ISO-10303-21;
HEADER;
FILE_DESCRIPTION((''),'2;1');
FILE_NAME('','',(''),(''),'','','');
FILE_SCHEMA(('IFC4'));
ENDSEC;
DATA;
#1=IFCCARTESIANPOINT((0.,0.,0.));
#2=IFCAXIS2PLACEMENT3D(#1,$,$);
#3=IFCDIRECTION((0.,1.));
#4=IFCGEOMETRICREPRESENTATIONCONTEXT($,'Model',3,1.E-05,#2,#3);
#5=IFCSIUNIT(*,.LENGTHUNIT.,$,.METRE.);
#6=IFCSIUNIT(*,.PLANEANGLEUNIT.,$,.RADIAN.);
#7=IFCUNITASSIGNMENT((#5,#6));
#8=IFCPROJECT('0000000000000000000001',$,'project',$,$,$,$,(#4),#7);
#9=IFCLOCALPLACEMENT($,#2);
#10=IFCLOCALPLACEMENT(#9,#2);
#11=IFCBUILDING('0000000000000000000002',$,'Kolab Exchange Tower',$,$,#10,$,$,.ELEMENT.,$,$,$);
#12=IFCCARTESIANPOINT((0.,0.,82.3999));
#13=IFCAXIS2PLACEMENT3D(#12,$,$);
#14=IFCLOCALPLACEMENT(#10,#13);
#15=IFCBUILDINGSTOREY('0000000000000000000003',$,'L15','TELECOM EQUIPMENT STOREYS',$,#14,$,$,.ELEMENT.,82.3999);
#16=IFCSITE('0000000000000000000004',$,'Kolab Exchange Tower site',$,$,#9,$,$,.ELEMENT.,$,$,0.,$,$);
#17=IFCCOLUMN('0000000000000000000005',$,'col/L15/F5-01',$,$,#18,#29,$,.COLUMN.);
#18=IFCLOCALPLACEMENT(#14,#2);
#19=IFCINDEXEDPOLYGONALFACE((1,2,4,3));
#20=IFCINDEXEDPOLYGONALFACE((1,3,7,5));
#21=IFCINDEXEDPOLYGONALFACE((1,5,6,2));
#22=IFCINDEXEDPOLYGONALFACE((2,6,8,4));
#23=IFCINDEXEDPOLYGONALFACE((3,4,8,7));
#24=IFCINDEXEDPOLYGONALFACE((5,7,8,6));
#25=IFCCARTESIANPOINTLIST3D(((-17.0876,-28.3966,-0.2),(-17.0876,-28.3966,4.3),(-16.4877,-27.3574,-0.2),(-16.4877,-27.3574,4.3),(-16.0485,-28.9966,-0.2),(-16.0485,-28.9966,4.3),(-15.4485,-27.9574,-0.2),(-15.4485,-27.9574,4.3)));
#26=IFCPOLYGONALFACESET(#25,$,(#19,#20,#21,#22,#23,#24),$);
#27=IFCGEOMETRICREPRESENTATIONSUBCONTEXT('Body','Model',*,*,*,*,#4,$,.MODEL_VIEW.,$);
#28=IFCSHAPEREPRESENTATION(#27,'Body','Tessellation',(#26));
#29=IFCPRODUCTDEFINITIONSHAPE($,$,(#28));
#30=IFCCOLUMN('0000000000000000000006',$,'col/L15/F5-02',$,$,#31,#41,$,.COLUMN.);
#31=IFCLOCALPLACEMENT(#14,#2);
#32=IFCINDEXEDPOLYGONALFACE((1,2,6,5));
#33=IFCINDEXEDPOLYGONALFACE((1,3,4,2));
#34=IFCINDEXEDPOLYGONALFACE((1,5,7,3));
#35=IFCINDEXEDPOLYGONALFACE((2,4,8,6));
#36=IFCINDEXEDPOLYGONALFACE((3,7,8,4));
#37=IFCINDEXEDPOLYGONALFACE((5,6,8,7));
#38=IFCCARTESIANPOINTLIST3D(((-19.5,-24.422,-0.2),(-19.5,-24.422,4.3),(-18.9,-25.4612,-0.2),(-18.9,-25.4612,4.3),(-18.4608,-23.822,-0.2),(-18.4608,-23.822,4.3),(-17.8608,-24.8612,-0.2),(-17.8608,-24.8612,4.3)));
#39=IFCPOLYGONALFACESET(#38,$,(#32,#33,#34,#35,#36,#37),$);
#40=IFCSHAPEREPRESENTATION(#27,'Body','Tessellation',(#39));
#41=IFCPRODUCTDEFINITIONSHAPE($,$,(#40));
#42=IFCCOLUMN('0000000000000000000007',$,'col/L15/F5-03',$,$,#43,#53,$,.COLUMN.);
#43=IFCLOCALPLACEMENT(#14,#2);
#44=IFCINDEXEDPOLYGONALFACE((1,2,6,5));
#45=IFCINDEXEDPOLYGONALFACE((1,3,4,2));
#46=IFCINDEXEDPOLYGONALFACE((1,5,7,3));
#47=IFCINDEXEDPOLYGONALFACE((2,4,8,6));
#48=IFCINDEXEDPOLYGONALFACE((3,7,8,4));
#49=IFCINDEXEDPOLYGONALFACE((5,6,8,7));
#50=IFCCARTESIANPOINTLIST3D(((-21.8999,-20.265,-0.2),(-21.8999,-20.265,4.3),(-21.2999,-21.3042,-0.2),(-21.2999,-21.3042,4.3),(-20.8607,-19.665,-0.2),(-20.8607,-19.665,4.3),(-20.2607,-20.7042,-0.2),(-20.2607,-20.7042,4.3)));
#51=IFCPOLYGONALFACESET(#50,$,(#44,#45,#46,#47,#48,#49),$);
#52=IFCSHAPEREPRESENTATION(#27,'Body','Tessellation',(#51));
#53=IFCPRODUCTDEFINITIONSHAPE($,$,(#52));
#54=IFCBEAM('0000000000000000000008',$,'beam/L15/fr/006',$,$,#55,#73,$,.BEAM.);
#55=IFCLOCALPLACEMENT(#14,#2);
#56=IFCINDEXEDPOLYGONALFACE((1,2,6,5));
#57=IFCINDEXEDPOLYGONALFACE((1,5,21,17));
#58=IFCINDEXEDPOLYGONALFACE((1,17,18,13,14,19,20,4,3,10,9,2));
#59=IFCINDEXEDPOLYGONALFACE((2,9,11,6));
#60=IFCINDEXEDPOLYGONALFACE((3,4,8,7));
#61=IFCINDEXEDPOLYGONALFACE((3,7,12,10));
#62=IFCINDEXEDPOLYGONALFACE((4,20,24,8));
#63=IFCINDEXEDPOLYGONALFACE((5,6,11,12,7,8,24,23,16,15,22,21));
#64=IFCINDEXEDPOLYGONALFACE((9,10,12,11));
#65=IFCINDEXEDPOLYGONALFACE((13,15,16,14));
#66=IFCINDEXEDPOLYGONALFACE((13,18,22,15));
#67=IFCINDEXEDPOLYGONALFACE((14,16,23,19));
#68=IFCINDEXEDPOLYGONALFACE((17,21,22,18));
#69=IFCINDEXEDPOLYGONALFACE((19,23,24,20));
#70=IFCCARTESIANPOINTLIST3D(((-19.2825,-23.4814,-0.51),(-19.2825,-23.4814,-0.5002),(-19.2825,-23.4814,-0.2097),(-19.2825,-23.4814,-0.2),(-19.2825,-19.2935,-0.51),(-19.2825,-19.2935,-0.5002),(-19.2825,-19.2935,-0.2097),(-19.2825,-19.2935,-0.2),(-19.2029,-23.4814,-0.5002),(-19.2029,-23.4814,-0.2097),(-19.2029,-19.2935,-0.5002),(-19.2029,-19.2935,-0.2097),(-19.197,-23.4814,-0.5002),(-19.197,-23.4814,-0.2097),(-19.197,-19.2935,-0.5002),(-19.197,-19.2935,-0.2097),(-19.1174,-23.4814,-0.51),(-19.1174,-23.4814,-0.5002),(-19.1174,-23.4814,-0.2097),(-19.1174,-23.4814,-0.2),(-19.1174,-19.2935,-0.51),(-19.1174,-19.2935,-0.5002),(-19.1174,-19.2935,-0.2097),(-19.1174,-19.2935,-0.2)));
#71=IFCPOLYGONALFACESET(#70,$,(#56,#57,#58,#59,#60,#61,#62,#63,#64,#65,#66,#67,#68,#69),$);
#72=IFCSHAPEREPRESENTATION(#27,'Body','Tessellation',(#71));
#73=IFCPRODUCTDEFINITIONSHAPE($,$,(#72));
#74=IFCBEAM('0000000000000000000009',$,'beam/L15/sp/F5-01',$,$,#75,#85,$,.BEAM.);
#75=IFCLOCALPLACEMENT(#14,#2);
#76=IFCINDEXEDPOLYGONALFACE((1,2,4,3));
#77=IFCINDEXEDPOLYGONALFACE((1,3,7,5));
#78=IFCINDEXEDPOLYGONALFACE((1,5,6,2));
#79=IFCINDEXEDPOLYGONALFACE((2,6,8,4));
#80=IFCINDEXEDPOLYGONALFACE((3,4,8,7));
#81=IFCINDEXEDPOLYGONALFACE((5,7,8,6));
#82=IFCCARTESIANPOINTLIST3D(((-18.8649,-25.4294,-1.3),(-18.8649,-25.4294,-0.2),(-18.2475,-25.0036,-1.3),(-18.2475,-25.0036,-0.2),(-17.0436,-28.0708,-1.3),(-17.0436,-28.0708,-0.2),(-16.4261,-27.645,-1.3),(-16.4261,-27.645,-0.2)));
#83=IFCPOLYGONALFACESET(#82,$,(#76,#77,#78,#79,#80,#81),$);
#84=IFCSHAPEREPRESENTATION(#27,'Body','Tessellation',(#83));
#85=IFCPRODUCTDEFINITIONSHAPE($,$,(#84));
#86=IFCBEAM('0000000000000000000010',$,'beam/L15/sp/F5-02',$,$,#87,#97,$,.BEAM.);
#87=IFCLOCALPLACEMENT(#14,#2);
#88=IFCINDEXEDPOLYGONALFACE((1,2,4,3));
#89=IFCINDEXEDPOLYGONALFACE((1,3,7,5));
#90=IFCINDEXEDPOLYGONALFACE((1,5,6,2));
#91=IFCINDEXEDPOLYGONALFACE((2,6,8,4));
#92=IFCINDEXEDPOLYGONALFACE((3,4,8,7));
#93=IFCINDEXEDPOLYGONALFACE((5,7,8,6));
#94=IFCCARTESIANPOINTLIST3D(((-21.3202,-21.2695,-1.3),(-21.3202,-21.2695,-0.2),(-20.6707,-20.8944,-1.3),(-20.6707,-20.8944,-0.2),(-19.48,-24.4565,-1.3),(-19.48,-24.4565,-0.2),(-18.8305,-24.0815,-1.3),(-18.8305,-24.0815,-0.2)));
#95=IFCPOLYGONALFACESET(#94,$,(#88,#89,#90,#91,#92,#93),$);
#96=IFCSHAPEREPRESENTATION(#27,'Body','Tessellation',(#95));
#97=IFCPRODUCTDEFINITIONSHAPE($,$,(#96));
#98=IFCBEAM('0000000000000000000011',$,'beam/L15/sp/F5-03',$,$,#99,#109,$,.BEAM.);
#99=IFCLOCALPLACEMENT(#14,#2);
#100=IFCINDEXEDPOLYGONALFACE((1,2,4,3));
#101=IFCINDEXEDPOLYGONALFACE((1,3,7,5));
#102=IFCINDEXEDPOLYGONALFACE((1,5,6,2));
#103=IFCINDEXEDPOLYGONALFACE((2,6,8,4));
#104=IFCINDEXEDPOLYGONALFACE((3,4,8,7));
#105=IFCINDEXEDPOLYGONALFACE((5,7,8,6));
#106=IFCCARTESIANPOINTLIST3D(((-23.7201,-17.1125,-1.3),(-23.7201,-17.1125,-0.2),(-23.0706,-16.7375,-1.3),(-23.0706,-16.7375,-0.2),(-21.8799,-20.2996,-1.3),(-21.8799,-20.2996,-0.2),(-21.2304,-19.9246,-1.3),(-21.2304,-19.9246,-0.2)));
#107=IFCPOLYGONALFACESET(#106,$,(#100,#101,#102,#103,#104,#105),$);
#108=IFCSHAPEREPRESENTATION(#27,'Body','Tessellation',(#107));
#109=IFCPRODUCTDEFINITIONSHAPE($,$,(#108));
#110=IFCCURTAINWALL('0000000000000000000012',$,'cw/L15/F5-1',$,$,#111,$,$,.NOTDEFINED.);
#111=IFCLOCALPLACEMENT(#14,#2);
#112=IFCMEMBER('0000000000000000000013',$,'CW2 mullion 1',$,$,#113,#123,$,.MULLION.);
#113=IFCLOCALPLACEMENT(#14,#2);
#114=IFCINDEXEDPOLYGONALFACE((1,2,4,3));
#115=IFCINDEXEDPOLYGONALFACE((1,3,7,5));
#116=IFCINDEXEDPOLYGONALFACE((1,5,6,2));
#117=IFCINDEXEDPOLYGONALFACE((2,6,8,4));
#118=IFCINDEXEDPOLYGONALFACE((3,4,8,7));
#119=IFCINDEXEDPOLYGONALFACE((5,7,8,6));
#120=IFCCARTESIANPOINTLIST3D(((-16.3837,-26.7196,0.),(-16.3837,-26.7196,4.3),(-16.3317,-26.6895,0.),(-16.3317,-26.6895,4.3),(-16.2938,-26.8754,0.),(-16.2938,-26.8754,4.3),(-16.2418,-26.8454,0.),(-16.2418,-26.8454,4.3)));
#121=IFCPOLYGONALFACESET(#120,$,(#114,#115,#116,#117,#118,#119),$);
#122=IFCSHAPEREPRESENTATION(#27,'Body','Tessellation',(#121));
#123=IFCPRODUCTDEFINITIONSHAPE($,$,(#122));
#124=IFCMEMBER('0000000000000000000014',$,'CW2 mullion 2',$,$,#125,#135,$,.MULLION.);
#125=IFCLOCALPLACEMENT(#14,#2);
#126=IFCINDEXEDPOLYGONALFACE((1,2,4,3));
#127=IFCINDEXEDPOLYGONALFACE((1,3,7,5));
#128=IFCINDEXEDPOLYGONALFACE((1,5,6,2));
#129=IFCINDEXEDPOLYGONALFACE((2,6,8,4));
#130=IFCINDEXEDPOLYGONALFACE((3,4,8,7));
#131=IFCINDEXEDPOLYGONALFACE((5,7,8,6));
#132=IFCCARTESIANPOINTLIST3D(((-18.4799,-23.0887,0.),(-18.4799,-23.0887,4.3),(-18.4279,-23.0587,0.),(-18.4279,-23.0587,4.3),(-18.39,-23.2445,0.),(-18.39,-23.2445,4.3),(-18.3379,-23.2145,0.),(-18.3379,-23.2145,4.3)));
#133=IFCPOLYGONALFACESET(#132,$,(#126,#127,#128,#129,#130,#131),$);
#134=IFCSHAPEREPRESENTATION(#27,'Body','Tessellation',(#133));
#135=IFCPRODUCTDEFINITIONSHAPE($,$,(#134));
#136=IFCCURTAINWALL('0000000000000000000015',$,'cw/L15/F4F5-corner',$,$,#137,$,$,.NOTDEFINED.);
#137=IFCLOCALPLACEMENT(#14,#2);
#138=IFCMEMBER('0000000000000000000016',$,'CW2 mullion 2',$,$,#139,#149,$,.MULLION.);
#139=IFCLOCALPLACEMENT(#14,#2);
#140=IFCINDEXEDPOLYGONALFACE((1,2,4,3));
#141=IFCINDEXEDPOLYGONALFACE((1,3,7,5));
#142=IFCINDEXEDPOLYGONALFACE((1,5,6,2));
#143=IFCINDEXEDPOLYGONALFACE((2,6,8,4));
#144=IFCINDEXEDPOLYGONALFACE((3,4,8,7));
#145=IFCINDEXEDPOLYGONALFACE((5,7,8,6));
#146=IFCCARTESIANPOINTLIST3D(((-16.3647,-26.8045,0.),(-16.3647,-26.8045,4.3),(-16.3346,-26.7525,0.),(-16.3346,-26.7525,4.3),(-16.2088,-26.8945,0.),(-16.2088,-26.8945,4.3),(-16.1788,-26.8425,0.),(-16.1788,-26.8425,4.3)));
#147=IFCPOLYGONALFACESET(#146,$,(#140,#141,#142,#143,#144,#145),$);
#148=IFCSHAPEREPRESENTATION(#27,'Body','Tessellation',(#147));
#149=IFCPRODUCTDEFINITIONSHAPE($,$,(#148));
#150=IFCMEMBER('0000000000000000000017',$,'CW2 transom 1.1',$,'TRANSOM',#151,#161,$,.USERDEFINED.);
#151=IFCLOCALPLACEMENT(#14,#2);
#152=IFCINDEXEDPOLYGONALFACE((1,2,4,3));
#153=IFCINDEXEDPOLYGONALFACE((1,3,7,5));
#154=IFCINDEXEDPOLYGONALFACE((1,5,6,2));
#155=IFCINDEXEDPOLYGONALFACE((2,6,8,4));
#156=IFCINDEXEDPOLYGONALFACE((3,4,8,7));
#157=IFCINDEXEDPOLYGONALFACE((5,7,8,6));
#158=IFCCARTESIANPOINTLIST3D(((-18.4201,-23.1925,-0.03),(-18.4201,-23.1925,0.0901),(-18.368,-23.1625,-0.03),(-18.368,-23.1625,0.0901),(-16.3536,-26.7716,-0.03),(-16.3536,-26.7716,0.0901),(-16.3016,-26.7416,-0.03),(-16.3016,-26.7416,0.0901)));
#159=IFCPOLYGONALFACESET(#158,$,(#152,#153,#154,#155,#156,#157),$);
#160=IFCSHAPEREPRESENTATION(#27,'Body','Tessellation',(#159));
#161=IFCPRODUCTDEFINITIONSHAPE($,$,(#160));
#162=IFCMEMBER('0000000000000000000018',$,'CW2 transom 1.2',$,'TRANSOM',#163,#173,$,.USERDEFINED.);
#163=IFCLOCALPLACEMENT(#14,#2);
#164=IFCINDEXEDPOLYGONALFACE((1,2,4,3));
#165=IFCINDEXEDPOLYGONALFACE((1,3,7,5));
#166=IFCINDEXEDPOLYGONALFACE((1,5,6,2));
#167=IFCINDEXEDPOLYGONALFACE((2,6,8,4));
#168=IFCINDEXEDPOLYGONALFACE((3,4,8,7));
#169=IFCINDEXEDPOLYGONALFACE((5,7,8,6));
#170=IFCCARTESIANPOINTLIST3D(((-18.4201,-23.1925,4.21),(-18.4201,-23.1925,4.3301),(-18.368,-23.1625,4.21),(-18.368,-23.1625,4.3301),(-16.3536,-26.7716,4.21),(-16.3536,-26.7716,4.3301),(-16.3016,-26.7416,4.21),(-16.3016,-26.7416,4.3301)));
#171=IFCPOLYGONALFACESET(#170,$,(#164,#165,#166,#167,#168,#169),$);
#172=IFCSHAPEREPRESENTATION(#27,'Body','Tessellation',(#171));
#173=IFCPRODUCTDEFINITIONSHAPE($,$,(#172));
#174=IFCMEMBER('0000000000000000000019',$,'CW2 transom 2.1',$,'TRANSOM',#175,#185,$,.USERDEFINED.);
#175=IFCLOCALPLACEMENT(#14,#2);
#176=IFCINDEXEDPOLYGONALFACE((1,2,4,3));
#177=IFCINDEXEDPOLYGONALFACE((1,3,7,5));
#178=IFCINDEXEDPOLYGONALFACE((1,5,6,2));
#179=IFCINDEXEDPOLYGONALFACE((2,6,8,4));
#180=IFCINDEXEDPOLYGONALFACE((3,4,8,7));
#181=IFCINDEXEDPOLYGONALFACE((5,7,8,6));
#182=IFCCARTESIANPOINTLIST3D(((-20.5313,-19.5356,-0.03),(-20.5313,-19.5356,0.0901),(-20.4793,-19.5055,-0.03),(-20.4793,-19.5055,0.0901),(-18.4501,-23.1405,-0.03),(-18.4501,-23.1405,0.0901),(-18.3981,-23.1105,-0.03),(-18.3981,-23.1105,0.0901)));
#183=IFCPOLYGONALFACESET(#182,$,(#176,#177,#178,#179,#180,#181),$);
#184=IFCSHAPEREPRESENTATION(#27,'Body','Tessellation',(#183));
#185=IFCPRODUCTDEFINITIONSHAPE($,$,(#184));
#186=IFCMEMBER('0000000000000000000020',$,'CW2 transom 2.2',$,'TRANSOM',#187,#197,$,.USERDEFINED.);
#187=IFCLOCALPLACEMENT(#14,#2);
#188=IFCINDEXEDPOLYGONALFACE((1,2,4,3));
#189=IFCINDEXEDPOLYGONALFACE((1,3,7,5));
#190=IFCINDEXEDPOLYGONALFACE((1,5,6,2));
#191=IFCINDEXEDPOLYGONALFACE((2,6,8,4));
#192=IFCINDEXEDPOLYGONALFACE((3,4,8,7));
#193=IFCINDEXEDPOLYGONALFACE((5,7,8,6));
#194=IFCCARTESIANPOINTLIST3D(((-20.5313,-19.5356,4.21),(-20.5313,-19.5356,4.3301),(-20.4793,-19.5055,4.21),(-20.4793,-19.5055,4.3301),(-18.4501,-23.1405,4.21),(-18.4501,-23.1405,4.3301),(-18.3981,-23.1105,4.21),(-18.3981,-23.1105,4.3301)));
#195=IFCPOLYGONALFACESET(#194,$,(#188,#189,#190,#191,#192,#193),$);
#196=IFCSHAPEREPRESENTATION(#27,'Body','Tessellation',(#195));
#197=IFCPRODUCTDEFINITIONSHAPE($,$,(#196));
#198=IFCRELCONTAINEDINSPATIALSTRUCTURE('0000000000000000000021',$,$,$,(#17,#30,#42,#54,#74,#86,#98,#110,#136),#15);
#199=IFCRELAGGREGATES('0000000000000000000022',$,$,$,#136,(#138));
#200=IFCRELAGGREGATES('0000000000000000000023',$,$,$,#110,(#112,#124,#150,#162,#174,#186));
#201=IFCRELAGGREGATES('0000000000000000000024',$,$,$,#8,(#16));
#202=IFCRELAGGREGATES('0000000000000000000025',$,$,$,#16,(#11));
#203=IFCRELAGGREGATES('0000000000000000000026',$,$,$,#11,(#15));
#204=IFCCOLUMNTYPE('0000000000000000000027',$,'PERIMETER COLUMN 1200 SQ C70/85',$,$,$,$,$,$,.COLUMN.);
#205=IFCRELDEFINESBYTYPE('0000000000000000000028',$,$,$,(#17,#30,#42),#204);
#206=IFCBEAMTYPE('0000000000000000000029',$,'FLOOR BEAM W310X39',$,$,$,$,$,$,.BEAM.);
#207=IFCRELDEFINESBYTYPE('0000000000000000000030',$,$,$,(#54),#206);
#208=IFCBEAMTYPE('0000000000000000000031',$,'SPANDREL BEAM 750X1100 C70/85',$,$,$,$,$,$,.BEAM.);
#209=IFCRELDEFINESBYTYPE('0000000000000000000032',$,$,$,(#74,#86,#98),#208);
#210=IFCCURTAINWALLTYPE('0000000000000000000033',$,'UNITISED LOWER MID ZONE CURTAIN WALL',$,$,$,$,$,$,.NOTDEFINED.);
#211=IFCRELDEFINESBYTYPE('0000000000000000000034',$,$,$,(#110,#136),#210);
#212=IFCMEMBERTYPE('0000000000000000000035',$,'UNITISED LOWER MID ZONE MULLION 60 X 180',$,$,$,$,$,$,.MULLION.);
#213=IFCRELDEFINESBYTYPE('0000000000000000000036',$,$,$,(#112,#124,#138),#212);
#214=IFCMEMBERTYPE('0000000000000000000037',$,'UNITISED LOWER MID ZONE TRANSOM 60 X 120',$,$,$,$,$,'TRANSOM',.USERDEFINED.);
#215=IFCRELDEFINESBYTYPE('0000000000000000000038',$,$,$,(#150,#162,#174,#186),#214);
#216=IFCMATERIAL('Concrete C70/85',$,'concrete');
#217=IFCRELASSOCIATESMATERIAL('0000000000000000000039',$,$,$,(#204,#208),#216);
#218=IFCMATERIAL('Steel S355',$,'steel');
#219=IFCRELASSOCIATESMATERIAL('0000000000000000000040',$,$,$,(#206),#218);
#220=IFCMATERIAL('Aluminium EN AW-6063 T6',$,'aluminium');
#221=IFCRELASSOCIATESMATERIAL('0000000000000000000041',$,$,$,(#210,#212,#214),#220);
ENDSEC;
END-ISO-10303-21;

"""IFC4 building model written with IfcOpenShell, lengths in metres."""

from ifc_helpers import new_model, si_unit, direction, frame, origin, origin_2d, place, context, subcontext, project, spatial, rectangle, i_section, extrude, material, material_profile, profile_set, type_object, element, aggregate, save


model = new_model("IFC4")

# Units and contexts
model_context = context("Model", 3, precision=1e-05, world=origin(), true_north=direction((0.0, 1.0)))
body_context = subcontext(model_context, "Body", "Model", "MODEL_VIEW")
ifc_project = project(units=[si_unit("LENGTHUNIT", "METRE"), si_unit("PLANEANGLEUNIT", "RADIAN")], contexts=[model_context])

# Site, building, storey
site_placement = place(None, origin())
site = spatial("IfcSite", under=ifc_project, at=site_placement, Name="Kolab Exchange Tower site", CompositionType="ELEMENT", RefElevation=0.0)
building_placement = place(site_placement, origin())
building = spatial("IfcBuilding", under=site, at=building_placement, Name="Kolab Exchange Tower", CompositionType="ELEMENT")
storey_placement = place(building_placement, frame((0.0, 0.0, 82.3999)))
storey = spatial("IfcBuildingStorey", under=building, at=storey_placement, Name="L15", Description="TELECOM EQUIPMENT STOREYS", CompositionType="ELEMENT", Elevation=82.3999)

# Columns
ifc_material_1 = material(Name="Concrete C70/85", Category="concrete")
ifc_material_profile_1 = material_profile(ifc_material_1, rectangle(XDim=1.2, YDim=1.2, at=origin_2d()), Name="RC1200")
ifc_profile_set_1 = profile_set([ifc_material_profile_1], Name="Concrete C70/85")
column_type = type_object("IfcColumnType", Name="PERIMETER COLUMN 1200 SQ C70/85", PredefinedType="COLUMN", material=ifc_profile_set_1)
for number, where, z_axis, x_axis, name in (
    (1, (-16.2681, -28.177, -0.2), (0.0, 0.0, 1.0), (0.5, 0.866025, 0.0), "col/L15/F5-01"),
    (2, (-18.6804, -24.6416, -0.2), (0.0, 0.0, 1.0), (0.866025, 0.5, 0.0), "col/L15/F5-02"),
    (3, (-21.0803, -20.4846, -0.2), (0.0, 0.0, 1.0), (0.866025, 0.5, 0.0), "col/L15/F5-03"),
):
    element("IfcColumn", number, at=place(storey_placement, frame(where, z_axis=z_axis, x_axis=x_axis)), inside=storey, type_object=column_type, Name=name, PredefinedType="COLUMN", context=body_context, shape_type="SweptSolid", body=[
        extrude(rectangle(XDim=1.2, YDim=1.2, at=origin_2d()), origin(), (0.0, 0.0, 1.0), 4.5),
    ])

# Beams
ifc_material_2 = material(Name="Steel S355", Category="steel")
ifc_material_profile_2 = material_profile(ifc_material_2, i_section(OverallWidth=0.165, OverallDepth=0.3101, WebThickness=0.0059, FlangeThickness=0.0098, at=origin_2d()), Name="W310X39")
ifc_profile_set_2 = profile_set([ifc_material_profile_2], Name="Steel S355")
beam_type_1 = type_object("IfcBeamType", Name="FLOOR BEAM W310X39", PredefinedType="BEAM", material=ifc_profile_set_2)
beam_1_placement = place(storey_placement, frame((-19.2, -23.4814, -0.355), z_axis=(0.0, 1.0, 0.0), x_axis=(-1.0, 0.0, 0.0)))
element("IfcBeam", 4, at=beam_1_placement, inside=storey, type_object=beam_type_1, Name="beam/L15/fr/006", PredefinedType="BEAM", context=body_context, shape_type="SweptSolid", body=[
    extrude(i_section(OverallWidth=0.165, OverallDepth=0.3101, WebThickness=0.0059, FlangeThickness=0.0098, at=origin_2d()), origin(), (0.0, 0.0, 1.0), 4.188),
])
ifc_material_profile_3 = material_profile(ifc_material_1, rectangle(XDim=0.75, YDim=1.1001, at=origin_2d()), Name="RC750X1100")
ifc_profile_set_3 = profile_set([ifc_material_profile_3], Name="Concrete C70/85")
beam_type_2 = type_object("IfcBeamType", Name="SPANDREL BEAM 750X1100 C70/85", PredefinedType="BEAM", material=ifc_profile_set_3)
beam_2_placement = place(storey_placement, frame((-16.7349, -27.8579, -0.75), z_axis=(-0.567662, 0.823262, 0.0), x_axis=(-0.823262, -0.567662, 0.0)))
element("IfcBeam", 5, at=beam_2_placement, inside=storey, type_object=beam_type_2, Name="beam/L15/sp/F5-01", PredefinedType="BEAM", context=body_context, shape_type="SweptSolid", body=[
    extrude(rectangle(XDim=0.75, YDim=1.1001, at=origin_2d()), origin(), (0.0, 0.0, 1.0), 3.2085),
])
for number, where, z_axis, x_axis, name in (
    (6, (-19.1553, -24.269, -0.75), (-0.500013, 0.866018, 0.0), (-0.866018, -0.500013, 0.0), "beam/L15/sp/F5-02"),
    (7, (-21.5552, -20.1121, -0.75), (-0.500013, 0.866018, 0.0), (-0.866018, -0.500013, 0.0), "beam/L15/sp/F5-03"),
):
    element("IfcBeam", number, at=place(storey_placement, frame(where, z_axis=z_axis, x_axis=x_axis)), inside=storey, type_object=beam_type_2, Name=name, PredefinedType="BEAM", context=body_context, shape_type="SweptSolid", body=[
        extrude(rectangle(XDim=0.75, YDim=1.1001, at=origin_2d()), origin(), (0.0, 0.0, 1.0), 3.6802),
    ])

# Curtain wall, members
ifc_material_3 = material(Name="Aluminium EN AW-6063 T6", Category="aluminium")
curtain_wall_type = type_object("IfcCurtainWallType", Name="UNITISED LOWER MID ZONE CURTAIN WALL", PredefinedType="NOTDEFINED", material=ifc_material_3)
curtain_wall_1_placement = place(storey_placement, origin())
curtain_wall_1 = element("IfcCurtainWall", 8, at=curtain_wall_1_placement, inside=storey, type_object=curtain_wall_type, Name="cw/L15/F5-1", PredefinedType="NOTDEFINED")
ifc_material_profile_4 = material_profile(ifc_material_3, rectangle(XDim=0.0601, YDim=0.1799, at=origin_2d()), Name="RECT 60X180")
ifc_profile_set_4 = profile_set([ifc_material_profile_4], Name="Aluminium EN AW-6063 T6")
member_type_1 = type_object("IfcMemberType", Name="UNITISED LOWER MID ZONE MULLION 60 X 180", PredefinedType="MULLION", material=ifc_profile_set_4)
member_1_placement = place(storey_placement, frame((-16.3127, -26.7825, 0.0), z_axis=(0.0, 0.0, 1.0), x_axis=(-0.866025, -0.5, 0.0)))
member_1 = element("IfcMember", 9, at=member_1_placement, type_object=member_type_1, Name="CW2 mullion 1", PredefinedType="MULLION", context=body_context, shape_type="SweptSolid", body=[
    extrude(rectangle(XDim=0.0601, YDim=0.1799, at=origin_2d()), origin(), (0.0, 0.0, 1.0), 4.3),
])
member_2_placement = place(storey_placement, frame((-18.4089, -23.1516, 0.0), z_axis=(0.0, 0.0, 1.0), x_axis=(-0.866025, -0.5, 0.0)))
member_2 = element("IfcMember", 10, at=member_2_placement, type_object=member_type_1, Name="CW2 mullion 2", PredefinedType="MULLION", context=body_context, shape_type="SweptSolid", body=[
    extrude(rectangle(XDim=0.0601, YDim=0.1799, at=origin_2d()), origin(), (0.0, 0.0, 1.0), 4.3),
])

# Curtain wall, member
curtain_wall_2_placement = place(storey_placement, origin())
curtain_wall_2 = element("IfcCurtainWall", 11, at=curtain_wall_2_placement, inside=storey, type_object=curtain_wall_type, Name="cw/L15/F4F5-corner", PredefinedType="NOTDEFINED")
member_3_placement = place(storey_placement, frame((-16.2717, -26.8235, 0.0), z_axis=(0.0, 0.0, 1.0), x_axis=(-0.5, -0.866025, 0.0)))
member_3 = element("IfcMember", 12, at=member_3_placement, type_object=member_type_1, Name="CW2 mullion 2", PredefinedType="MULLION", context=body_context, shape_type="SweptSolid", body=[
    extrude(rectangle(XDim=0.0601, YDim=0.1799, at=origin_2d()), origin(), (0.0, 0.0, 1.0), 4.3),
])
aggregate(curtain_wall_2, [member_3])

# Members
ifc_material_profile_5 = material_profile(ifc_material_3, rectangle(XDim=0.0601, YDim=0.1201, at=origin_2d()), Name="RECT 60X120")
ifc_profile_set_5 = profile_set([ifc_material_profile_5], Name="Aluminium EN AW-6063 T6")
member_type_2 = type_object("IfcMemberType", Name="UNITISED LOWER MID ZONE TRANSOM 60 X 120", ElementType="TRANSOM", PredefinedType="USERDEFINED", material=ifc_profile_set_5)
member_4_placement = place(storey_placement, frame((-16.3276, -26.7566, 0.03), z_axis=(-0.500002, 0.866024, 0.0), x_axis=(-0.866024, -0.500002, 0.0)))
member_4 = element("IfcMember", 13, at=member_4_placement, type_object=member_type_2, Name="CW2 transom 1.1", ObjectType="TRANSOM", PredefinedType="USERDEFINED", context=body_context, shape_type="SweptSolid", body=[
    extrude(rectangle(XDim=0.0601, YDim=0.1201, at=origin_2d()), origin(), (0.0, 0.0, 1.0), 4.1328),
])
member_5_placement = place(storey_placement, frame((-16.3276, -26.7566, 4.27), z_axis=(-0.500002, 0.866024, 0.0), x_axis=(-0.866024, -0.500002, 0.0)))
member_5 = element("IfcMember", 14, at=member_5_placement, type_object=member_type_2, Name="CW2 transom 1.2", ObjectType="TRANSOM", PredefinedType="USERDEFINED", context=body_context, shape_type="SweptSolid", body=[
    extrude(rectangle(XDim=0.0601, YDim=0.1201, at=origin_2d()), origin(), (0.0, 0.0, 1.0), 4.1328),
])
member_6_placement = place(storey_placement, frame((-18.4241, -23.1255, 0.03), z_axis=(-0.499993, 0.866029, 0.0), x_axis=(-0.866029, -0.499993, 0.0)))
member_6 = element("IfcMember", 15, at=member_6_placement, type_object=member_type_2, Name="CW2 transom 2.1", ObjectType="TRANSOM", PredefinedType="USERDEFINED", context=body_context, shape_type="SweptSolid", body=[
    extrude(rectangle(XDim=0.0601, YDim=0.1201, at=origin_2d()), origin(), (0.0, 0.0, 1.0), 4.1626),
])
member_7_placement = place(storey_placement, frame((-18.4241, -23.1255, 4.27), z_axis=(-0.499993, 0.866029, 0.0), x_axis=(-0.866029, -0.499993, 0.0)))
member_7 = element("IfcMember", 16, at=member_7_placement, type_object=member_type_2, Name="CW2 transom 2.2", ObjectType="TRANSOM", PredefinedType="USERDEFINED", context=body_context, shape_type="SweptSolid", body=[
    extrude(rectangle(XDim=0.0601, YDim=0.1201, at=origin_2d()), origin(), (0.0, 0.0, 1.0), 4.1626),
])

aggregate(curtain_wall_1, [member_1, member_2, member_4, member_5, member_6, member_7])

save(model, "model.ifc")
